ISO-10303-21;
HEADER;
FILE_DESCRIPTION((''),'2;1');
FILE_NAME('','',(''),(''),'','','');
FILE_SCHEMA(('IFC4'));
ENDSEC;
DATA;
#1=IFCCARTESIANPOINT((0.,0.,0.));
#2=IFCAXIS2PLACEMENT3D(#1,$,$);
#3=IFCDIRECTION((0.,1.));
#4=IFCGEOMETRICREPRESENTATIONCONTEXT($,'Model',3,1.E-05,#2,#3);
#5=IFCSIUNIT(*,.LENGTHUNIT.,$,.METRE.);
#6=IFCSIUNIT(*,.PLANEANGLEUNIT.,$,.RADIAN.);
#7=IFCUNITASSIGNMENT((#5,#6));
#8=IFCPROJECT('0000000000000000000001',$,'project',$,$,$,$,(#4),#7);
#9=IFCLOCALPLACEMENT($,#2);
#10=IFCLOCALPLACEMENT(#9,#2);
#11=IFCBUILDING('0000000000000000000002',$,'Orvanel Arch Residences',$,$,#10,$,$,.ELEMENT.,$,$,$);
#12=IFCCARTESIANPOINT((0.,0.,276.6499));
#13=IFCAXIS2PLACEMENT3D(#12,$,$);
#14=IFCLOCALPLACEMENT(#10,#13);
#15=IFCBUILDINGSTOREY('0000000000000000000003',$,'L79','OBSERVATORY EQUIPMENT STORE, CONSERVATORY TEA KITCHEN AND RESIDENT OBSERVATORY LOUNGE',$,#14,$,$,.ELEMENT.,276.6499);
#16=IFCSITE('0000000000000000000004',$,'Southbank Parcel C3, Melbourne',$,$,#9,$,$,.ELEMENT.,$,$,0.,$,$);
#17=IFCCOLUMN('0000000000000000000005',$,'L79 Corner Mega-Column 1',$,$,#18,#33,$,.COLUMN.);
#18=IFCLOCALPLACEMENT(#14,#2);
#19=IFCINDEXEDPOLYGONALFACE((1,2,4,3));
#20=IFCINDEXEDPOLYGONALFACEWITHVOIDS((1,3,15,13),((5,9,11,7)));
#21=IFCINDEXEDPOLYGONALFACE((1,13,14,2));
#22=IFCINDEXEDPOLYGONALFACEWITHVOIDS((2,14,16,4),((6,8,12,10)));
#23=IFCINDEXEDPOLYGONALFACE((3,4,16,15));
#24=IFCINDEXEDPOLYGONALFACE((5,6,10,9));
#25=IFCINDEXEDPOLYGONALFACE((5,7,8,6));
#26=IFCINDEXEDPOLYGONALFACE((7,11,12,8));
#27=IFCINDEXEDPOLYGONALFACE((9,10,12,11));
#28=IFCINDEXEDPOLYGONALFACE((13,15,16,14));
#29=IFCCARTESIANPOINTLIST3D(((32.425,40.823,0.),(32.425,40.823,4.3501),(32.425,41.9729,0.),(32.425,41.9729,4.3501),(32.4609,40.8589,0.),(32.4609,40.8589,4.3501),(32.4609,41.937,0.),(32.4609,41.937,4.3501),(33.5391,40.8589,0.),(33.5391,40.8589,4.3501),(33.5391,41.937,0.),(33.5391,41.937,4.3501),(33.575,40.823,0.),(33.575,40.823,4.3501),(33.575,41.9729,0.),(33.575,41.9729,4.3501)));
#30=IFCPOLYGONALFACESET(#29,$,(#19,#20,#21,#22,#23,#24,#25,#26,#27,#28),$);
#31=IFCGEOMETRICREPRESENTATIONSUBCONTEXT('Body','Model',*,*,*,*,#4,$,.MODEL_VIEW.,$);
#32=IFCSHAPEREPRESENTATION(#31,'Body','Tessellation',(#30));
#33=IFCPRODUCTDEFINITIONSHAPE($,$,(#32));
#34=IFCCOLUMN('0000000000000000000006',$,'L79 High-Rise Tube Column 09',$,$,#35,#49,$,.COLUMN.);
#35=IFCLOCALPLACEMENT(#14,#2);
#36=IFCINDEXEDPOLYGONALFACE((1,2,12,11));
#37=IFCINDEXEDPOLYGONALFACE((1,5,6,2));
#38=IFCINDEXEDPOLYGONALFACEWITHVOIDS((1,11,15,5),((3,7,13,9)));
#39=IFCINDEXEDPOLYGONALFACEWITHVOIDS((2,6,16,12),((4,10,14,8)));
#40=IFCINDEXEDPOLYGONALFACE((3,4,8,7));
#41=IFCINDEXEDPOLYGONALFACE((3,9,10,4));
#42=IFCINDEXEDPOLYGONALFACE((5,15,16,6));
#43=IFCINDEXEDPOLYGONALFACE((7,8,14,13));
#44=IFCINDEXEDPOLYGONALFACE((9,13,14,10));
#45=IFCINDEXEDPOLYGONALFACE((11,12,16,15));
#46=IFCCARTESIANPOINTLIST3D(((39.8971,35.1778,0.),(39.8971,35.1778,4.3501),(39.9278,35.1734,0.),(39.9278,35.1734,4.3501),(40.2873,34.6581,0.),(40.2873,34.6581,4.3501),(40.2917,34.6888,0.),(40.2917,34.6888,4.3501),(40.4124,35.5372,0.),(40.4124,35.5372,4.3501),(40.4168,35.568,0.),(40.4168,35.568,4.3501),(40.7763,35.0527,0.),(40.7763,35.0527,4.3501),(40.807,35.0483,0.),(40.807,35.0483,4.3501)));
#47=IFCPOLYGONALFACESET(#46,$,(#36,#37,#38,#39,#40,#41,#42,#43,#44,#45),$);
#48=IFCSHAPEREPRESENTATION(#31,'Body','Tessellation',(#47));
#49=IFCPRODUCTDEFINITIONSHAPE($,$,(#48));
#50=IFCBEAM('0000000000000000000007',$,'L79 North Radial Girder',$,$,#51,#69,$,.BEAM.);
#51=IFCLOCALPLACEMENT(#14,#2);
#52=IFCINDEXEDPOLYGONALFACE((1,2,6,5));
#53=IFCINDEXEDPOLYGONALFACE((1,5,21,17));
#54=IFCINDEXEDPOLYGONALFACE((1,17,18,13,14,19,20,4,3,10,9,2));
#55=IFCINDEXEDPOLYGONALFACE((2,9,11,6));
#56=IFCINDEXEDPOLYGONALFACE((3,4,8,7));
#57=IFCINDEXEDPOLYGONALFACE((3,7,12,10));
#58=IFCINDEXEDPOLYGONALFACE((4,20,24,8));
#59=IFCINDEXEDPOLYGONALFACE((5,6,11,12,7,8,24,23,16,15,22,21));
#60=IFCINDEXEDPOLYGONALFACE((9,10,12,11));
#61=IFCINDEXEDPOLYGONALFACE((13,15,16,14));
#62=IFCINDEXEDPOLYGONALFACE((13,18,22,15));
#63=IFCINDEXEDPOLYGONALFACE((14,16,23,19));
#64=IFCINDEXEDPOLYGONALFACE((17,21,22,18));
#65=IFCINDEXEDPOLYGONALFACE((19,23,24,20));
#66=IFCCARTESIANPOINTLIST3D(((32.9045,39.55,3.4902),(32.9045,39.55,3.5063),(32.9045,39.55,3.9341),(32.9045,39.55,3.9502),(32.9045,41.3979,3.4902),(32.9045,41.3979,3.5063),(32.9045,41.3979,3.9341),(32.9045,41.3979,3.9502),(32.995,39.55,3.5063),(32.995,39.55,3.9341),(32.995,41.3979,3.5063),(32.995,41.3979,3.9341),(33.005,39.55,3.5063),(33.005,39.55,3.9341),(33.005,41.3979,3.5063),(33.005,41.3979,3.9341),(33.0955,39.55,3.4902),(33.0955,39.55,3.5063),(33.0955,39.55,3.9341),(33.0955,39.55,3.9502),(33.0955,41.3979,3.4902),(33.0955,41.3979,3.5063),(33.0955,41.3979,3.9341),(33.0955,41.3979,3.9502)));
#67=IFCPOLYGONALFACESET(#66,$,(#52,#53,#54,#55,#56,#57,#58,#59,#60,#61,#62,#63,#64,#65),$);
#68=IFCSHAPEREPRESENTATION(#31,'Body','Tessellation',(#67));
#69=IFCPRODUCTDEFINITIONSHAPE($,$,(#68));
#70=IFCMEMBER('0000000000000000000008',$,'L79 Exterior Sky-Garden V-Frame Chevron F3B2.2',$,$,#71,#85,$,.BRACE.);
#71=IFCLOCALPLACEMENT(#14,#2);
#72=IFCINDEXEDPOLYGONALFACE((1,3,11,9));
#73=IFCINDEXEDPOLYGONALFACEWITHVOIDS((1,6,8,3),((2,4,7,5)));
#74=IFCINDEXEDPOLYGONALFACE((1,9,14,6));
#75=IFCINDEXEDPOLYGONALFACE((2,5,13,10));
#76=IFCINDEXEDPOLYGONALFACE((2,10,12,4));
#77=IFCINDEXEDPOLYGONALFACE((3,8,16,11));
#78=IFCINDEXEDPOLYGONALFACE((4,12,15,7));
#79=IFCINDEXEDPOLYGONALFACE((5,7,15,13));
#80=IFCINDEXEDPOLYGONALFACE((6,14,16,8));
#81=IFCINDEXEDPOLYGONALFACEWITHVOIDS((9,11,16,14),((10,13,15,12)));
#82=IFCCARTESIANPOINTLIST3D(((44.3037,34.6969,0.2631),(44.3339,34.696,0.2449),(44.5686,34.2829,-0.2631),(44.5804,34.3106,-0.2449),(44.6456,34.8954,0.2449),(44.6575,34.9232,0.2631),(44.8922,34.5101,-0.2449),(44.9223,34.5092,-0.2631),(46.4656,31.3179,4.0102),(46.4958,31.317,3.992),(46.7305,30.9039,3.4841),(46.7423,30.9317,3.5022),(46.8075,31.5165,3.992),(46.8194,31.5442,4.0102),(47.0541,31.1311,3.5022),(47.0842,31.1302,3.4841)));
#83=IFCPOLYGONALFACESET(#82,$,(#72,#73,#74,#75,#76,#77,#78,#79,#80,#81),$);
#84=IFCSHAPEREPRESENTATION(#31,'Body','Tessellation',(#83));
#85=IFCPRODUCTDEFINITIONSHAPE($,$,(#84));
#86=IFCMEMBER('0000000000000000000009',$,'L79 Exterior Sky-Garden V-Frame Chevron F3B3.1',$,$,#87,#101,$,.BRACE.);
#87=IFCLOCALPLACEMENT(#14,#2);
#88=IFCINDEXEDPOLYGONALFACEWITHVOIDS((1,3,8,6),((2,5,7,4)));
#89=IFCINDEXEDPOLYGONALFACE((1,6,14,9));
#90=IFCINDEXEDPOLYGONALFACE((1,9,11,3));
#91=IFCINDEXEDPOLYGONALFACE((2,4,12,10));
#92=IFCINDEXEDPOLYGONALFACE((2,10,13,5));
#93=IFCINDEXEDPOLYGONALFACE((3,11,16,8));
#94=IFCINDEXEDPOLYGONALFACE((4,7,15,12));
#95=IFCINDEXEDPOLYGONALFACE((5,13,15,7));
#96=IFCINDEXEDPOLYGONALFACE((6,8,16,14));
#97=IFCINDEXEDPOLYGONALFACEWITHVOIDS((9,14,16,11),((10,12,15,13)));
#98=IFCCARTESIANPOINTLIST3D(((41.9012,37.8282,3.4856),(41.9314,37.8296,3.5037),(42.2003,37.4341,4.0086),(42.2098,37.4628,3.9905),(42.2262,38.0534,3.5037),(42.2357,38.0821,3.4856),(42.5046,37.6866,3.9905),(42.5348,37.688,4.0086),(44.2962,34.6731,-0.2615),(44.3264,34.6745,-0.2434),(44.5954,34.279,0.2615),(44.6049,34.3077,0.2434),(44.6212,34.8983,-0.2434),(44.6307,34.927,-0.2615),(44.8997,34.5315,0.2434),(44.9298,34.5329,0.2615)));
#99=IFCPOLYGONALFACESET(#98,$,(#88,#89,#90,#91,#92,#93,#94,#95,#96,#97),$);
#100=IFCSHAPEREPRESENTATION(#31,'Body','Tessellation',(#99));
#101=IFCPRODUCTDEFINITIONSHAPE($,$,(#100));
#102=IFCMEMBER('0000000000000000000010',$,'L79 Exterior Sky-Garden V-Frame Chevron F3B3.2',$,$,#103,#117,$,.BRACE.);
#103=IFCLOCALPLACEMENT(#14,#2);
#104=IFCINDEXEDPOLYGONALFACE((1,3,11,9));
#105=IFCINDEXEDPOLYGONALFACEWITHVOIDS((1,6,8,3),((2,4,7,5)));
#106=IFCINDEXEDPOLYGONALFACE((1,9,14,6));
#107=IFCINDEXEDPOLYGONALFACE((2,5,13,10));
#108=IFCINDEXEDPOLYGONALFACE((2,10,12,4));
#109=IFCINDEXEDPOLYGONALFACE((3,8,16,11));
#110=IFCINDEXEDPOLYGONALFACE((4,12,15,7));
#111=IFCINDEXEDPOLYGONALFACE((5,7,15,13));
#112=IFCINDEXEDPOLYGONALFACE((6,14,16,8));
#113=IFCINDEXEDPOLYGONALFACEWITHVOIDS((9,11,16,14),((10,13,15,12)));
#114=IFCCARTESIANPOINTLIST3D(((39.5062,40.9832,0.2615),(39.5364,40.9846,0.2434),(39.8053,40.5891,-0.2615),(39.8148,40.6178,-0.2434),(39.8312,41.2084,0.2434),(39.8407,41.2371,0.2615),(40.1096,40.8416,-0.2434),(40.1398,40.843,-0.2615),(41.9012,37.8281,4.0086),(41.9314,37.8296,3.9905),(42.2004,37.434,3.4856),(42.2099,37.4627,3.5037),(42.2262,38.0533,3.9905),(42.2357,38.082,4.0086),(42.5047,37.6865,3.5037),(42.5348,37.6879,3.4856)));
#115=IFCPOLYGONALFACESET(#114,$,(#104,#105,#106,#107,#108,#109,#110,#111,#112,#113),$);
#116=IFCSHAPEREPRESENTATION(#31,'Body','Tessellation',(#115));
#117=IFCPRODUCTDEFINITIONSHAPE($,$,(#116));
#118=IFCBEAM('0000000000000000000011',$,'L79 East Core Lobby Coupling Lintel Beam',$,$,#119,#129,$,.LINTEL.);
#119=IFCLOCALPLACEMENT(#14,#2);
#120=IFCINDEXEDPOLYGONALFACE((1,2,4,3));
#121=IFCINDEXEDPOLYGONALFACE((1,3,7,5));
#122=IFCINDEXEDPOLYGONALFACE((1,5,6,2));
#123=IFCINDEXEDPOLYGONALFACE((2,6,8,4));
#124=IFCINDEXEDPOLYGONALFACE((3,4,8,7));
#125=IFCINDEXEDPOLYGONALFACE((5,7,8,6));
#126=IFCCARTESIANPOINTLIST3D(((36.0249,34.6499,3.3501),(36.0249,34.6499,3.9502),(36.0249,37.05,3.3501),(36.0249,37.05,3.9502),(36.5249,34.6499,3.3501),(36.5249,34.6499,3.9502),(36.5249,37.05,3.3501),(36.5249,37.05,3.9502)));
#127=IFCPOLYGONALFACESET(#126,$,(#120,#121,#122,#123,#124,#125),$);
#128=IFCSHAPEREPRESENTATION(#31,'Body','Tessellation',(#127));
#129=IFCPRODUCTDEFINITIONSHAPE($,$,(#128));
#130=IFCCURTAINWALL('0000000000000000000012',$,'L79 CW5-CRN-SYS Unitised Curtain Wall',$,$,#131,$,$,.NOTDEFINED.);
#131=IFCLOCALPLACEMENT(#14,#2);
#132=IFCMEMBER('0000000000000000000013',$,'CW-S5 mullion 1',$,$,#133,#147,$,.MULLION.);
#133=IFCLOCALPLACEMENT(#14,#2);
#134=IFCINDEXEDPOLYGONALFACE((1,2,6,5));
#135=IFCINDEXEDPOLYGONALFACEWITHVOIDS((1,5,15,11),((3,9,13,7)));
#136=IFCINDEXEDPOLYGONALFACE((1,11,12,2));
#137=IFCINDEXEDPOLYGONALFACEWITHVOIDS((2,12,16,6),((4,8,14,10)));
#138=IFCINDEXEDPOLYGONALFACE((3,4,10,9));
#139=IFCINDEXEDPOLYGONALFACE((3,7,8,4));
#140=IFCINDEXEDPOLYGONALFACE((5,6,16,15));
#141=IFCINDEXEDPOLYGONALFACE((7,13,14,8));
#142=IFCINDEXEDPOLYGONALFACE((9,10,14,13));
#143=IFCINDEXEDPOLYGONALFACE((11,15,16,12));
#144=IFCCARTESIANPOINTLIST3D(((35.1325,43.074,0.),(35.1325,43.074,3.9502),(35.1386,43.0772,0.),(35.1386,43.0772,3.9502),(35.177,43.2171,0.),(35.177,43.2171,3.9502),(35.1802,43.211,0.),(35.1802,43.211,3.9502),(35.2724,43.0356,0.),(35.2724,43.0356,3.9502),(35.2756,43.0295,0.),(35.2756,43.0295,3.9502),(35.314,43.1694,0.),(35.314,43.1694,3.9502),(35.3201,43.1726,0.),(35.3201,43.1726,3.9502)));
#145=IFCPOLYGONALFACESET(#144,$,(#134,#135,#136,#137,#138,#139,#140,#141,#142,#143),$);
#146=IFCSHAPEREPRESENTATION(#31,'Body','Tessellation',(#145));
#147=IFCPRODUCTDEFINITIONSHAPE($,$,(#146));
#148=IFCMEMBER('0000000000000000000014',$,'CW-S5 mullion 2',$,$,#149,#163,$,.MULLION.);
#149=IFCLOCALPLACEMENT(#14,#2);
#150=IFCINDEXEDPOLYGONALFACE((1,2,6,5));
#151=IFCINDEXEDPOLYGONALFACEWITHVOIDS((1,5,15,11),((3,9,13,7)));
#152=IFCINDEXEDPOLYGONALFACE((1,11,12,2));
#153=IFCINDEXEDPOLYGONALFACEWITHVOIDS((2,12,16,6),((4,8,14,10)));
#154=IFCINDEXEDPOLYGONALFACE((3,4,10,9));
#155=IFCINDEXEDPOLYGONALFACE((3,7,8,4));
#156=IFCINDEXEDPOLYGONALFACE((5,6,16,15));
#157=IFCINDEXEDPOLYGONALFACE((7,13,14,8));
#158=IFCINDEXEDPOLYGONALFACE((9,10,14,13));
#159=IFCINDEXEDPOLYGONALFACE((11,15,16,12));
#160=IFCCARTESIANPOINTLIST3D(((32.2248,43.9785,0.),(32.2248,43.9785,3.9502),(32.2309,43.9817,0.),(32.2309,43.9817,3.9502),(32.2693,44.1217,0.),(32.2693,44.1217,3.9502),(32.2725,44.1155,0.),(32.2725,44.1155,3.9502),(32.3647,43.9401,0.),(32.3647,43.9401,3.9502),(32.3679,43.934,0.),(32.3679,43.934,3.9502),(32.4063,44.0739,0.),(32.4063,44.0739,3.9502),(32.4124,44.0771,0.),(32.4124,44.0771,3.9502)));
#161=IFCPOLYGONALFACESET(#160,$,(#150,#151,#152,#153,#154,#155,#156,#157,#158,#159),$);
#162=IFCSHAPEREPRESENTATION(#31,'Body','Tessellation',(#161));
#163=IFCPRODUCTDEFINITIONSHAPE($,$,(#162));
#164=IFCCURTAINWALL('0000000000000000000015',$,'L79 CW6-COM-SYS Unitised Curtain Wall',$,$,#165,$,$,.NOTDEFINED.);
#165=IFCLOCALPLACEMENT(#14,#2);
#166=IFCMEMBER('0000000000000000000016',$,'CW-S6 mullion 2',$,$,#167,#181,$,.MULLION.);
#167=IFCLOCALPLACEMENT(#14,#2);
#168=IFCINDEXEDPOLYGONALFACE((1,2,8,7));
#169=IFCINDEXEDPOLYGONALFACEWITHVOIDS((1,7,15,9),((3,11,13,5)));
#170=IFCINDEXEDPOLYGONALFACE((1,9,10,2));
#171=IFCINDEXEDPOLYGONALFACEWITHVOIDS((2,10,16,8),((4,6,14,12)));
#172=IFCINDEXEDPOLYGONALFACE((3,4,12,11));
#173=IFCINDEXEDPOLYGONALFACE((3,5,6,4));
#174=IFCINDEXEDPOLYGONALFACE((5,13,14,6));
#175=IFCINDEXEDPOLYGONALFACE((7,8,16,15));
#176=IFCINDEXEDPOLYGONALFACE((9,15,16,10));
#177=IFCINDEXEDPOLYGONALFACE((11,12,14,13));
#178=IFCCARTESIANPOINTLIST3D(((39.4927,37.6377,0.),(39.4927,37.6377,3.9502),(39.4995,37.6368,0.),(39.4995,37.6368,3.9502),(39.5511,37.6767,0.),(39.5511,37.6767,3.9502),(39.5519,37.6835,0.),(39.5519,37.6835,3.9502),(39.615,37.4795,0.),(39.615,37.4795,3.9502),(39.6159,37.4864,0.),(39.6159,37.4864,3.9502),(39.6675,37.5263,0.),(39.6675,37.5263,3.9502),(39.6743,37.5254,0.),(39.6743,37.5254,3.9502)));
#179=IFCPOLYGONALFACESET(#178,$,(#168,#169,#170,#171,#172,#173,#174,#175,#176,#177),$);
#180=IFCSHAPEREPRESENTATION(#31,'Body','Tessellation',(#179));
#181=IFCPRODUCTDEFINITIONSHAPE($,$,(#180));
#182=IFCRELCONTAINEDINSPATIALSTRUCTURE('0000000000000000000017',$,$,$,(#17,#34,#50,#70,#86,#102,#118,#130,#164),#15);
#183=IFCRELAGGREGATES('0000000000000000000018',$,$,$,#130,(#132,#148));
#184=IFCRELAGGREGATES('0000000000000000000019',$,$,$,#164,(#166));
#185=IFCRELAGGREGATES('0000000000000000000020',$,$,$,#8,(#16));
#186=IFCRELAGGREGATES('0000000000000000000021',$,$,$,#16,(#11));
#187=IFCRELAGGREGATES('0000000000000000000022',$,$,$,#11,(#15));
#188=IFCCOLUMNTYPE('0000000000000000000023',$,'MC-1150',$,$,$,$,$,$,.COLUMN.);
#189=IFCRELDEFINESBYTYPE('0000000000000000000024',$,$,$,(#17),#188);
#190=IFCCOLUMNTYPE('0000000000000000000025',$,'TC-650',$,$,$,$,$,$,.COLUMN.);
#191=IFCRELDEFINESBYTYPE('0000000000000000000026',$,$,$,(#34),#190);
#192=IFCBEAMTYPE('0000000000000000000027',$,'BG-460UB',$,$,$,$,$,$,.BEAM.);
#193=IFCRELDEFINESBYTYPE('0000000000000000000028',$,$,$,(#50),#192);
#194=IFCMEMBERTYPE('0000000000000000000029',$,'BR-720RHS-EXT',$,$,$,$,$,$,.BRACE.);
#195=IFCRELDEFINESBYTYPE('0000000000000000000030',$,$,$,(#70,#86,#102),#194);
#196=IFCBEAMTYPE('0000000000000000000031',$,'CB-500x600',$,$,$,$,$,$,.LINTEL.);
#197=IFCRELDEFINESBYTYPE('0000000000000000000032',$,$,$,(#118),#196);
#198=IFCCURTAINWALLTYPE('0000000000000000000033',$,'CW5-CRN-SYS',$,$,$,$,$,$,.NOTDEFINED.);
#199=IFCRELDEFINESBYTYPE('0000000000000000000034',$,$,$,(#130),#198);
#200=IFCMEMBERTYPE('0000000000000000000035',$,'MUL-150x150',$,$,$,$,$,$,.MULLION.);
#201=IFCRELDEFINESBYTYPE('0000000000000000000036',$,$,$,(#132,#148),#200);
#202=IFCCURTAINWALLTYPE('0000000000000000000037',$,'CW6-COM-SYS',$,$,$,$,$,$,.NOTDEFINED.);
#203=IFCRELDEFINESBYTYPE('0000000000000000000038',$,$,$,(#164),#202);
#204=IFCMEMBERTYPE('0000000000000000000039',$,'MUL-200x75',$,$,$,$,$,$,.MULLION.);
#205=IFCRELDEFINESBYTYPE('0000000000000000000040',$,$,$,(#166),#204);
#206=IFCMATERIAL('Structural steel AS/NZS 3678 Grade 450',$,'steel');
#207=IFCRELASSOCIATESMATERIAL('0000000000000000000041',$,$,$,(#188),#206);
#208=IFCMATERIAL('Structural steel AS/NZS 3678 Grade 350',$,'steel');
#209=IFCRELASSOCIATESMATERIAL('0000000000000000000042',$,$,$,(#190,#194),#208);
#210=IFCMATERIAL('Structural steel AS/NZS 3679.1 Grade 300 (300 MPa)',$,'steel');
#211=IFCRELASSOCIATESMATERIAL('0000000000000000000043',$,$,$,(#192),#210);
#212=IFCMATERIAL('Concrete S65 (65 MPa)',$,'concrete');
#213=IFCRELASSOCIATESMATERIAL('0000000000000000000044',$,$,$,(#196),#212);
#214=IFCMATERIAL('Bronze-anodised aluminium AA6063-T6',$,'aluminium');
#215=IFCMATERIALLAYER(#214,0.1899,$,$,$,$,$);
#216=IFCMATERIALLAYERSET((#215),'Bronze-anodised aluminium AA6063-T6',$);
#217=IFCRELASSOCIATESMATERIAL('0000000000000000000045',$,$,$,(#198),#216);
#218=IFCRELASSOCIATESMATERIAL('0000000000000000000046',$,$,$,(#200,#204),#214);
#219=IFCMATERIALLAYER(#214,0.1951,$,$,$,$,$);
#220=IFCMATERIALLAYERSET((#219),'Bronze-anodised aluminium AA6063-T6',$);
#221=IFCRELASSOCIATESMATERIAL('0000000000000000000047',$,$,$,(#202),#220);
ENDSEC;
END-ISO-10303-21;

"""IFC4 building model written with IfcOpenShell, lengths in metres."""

from ifc_helpers import new_model, si_unit, direction, frame, origin, origin_2d, place, context, subcontext, project, spatial, rectangle, hollow_rectangle, i_section, extrude, material, layer, layer_set, material_profile, profile_set, type_object, element, aggregate, save


model = new_model("IFC4")

# Units and contexts
model_context = context("Model", 3, precision=1e-05, world=origin(), true_north=direction((0.0, 1.0)))
body_context = subcontext(model_context, "Body", "Model", "MODEL_VIEW")
ifc_project = project(units=[si_unit("LENGTHUNIT", "METRE"), si_unit("PLANEANGLEUNIT", "RADIAN")], contexts=[model_context])

# Site, building, storey
site_placement = place(None, origin())
site = spatial("IfcSite", under=ifc_project, at=site_placement, Name="Southbank Parcel C3, Melbourne", CompositionType="ELEMENT", RefElevation=0.0)
building_placement = place(site_placement, origin())
building = spatial("IfcBuilding", under=site, at=building_placement, Name="Orvanel Arch Residences", CompositionType="ELEMENT")
storey_placement = place(building_placement, frame((0.0, 0.0, 276.6499)))
storey = spatial("IfcBuildingStorey", under=building, at=storey_placement, Name="L79", Description="OBSERVATORY EQUIPMENT STORE, CONSERVATORY TEA KITCHEN AND RESIDENT OBSERVATORY LOUNGE", CompositionType="ELEMENT", Elevation=276.6499)

# Columns
ifc_material_1 = material(Name="Structural steel AS/NZS 3678 Grade 450", Category="steel")
ifc_material_profile_1 = material_profile(ifc_material_1, hollow_rectangle(XDim=1.1499, YDim=1.1499, WallThickness=0.0359, at=origin_2d()), Name="BOX1150x1150x36")
ifc_profile_set_1 = profile_set([ifc_material_profile_1], Name="Structural steel AS/NZS 3678 Grade 450")
column_type_1 = type_object("IfcColumnType", Name="MC-1150", PredefinedType="COLUMN", material=ifc_profile_set_1)
column_1_placement = place(storey_placement, frame((33.0, 41.3979, 0.0), z_axis=(0.0, 0.0, 1.0), x_axis=(1.0, 0.0, 0.0)))
element("IfcColumn", 1, at=column_1_placement, inside=storey, type_object=column_type_1, Name="L79 Corner Mega-Column 1", PredefinedType="COLUMN", context=body_context, shape_type="SweptSolid", body=[
    extrude(hollow_rectangle(XDim=1.1499, YDim=1.1499, WallThickness=0.0359, at=origin_2d()), origin(), (0.0, 0.0, 1.0), 4.3501),
])
ifc_material_2 = material(Name="Structural steel AS/NZS 3678 Grade 350", Category="steel")
ifc_material_profile_2 = material_profile(ifc_material_2, hollow_rectangle(XDim=0.6499, YDim=0.6499, WallThickness=0.022, at=origin_2d()), Name="BOX650x650x22")
ifc_profile_set_2 = profile_set([ifc_material_profile_2], Name="Structural steel AS/NZS 3678 Grade 350")
column_type_2 = type_object("IfcColumnType", Name="TC-650", PredefinedType="COLUMN", material=ifc_profile_set_2)
column_2_placement = place(storey_placement, frame((40.3521, 35.113, 0.0), z_axis=(0.0, 0.0, 1.0), x_axis=(-0.60042, 0.799685, 0.0)))
element("IfcColumn", 2, at=column_2_placement, inside=storey, type_object=column_type_2, Name="L79 High-Rise Tube Column 09", PredefinedType="COLUMN", context=body_context, shape_type="SweptSolid", body=[
    extrude(hollow_rectangle(XDim=0.6499, YDim=0.6499, WallThickness=0.022, at=origin_2d()), origin(), (0.0, 0.0, 1.0), 4.3501),
])

# Beam
ifc_material_3 = material(Name="Structural steel AS/NZS 3679.1 Grade 300 (300 MPa)", Category="steel")
ifc_material_profile_3 = material_profile(ifc_material_3, i_section(OverallWidth=0.1909, OverallDepth=0.46, WebThickness=0.01, FlangeThickness=0.0161, at=origin_2d()), Name="460UB82.1")
ifc_profile_set_3 = profile_set([ifc_material_profile_3], Name="Structural steel AS/NZS 3679.1 Grade 300 (300 MPa)")
beam_type_1 = type_object("IfcBeamType", Name="BG-460UB", PredefinedType="BEAM", material=ifc_profile_set_3)
beam_1_placement = place(storey_placement, frame((33.0, 39.55, 3.7202), z_axis=(0.0, 1.0, 0.0), x_axis=(-1.0, 0.0, 0.0)))
element("IfcBeam", 3, at=beam_1_placement, inside=storey, type_object=beam_type_1, Name="L79 North Radial Girder", PredefinedType="BEAM", context=body_context, shape_type="SweptSolid", body=[
    extrude(i_section(OverallWidth=0.1909, OverallDepth=0.46, WebThickness=0.01, FlangeThickness=0.0161, at=origin_2d()), origin(), (0.0, 0.0, 1.0), 1.8479),
])

# Members
ifc_material_profile_4 = material_profile(ifc_material_2, hollow_rectangle(XDim=0.4199, YDim=0.72, WallThickness=0.0249, at=origin_2d()), Name="RHS720x420x25")
ifc_profile_set_4 = profile_set([ifc_material_profile_4], Name="Structural steel AS/NZS 3678 Grade 350")
member_type_1 = type_object("IfcMemberType", Name="BR-720RHS-EXT", PredefinedType="BRACE", material=ifc_profile_set_4)
member_1_placement = place(storey_placement, frame((44.613, 34.603, 0.0), z_axis=(0.39384, -0.615556, 0.682627), x_axis=(0.842343, 0.538941, 0.0)))
element("IfcMember", 4, at=member_1_placement, inside=storey, type_object=member_type_1, Name="L79 Exterior Sky-Garden V-Frame Chevron F3B2.2", PredefinedType="BRACE", context=body_context, shape_type="SweptSolid", body=[
    extrude(hollow_rectangle(XDim=0.4199, YDim=0.72, WallThickness=0.0249, at=origin_2d()), origin(), (0.0, 0.0, 1.0), 5.4893),
])
for number, where, z_axis, x_axis, name in (
    (5, (44.613, 34.603, 0.0), (-0.439243, 0.578628, 0.687208), (-0.796503, -0.604635, 0.0), "L79 Exterior Sky-Garden V-Frame Chevron F3B3.1"),
    (6, (39.823, 40.9131, 0.0), (0.439243, -0.578628, 0.687208), (0.796503, 0.604635, 0.0), "L79 Exterior Sky-Garden V-Frame Chevron F3B3.2"),
):
    element("IfcMember", number, at=place(storey_placement, frame(where, z_axis=z_axis, x_axis=x_axis)), inside=storey, type_object=member_type_1, Name=name, PredefinedType="BRACE", context=body_context, shape_type="SweptSolid", body=[
        extrude(hollow_rectangle(XDim=0.4199, YDim=0.72, WallThickness=0.0249, at=origin_2d()), origin(), (0.0, 0.0, 1.0), 5.4526),
    ])

# Beam
ifc_material_4 = material(Name="Concrete S65 (65 MPa)", Category="concrete")
ifc_material_profile_5 = material_profile(ifc_material_4, rectangle(XDim=0.5, YDim=0.6001, at=origin_2d()), Name="RC500x600")
ifc_profile_set_5 = profile_set([ifc_material_profile_5], Name="Concrete S65 (65 MPa)")
beam_type_2 = type_object("IfcBeamType", Name="CB-500x600", PredefinedType="LINTEL", material=ifc_profile_set_5)
beam_2_placement = place(storey_placement, frame((36.2749, 34.6499, 3.6501), z_axis=(0.0, 1.0, 0.0), x_axis=(-1.0, 0.0, 0.0)))
element("IfcBeam", 7, at=beam_2_placement, inside=storey, type_object=beam_type_2, Name="L79 East Core Lobby Coupling Lintel Beam", PredefinedType="LINTEL", context=body_context, shape_type="SweptSolid", body=[
    extrude(rectangle(XDim=0.5, YDim=0.6001, at=origin_2d()), origin(), (0.0, 0.0, 1.0), 2.4001),
])

# Curtain walls, members
ifc_material_5 = material(Name="Bronze-anodised aluminium AA6063-T6", Category="aluminium")
ifc_layer_1 = layer(ifc_material_5, 0.1899)
ifc_layer_set_1 = layer_set([ifc_layer_1], Name="Bronze-anodised aluminium AA6063-T6")
curtain_wall_type_1 = type_object("IfcCurtainWallType", Name="CW5-CRN-SYS", PredefinedType="NOTDEFINED", material=ifc_layer_set_1)
curtain_wall_1_placement = place(storey_placement, origin())
curtain_wall_1 = element("IfcCurtainWall", 8, at=curtain_wall_1_placement, inside=storey, type_object=curtain_wall_type_1, Name="L79 CW5-CRN-SYS Unitised Curtain Wall", PredefinedType="NOTDEFINED")
ifc_material_profile_6 = material_profile(ifc_material_5, hollow_rectangle(XDim=0.1499, YDim=0.1499, WallThickness=0.0049, at=origin_2d()), Name="ALU150x150x5")
ifc_profile_set_6 = profile_set([ifc_material_profile_6], Name="Bronze-anodised aluminium AA6063-T6")
member_type_2 = type_object("IfcMemberType", Name="MUL-150x150", PredefinedType="MULLION", material=ifc_profile_set_6)
member_2_placement = place(storey_placement, frame((35.2263, 43.1233, 0.0), z_axis=(0.0, 0.0, 1.0), x_axis=(-0.297009, -0.954875, 0.0)))
member_2 = element("IfcMember", 9, at=member_2_placement, type_object=member_type_2, Name="CW-S5 mullion 1", PredefinedType="MULLION", context=body_context, shape_type="SweptSolid", body=[
    extrude(hollow_rectangle(XDim=0.1499, YDim=0.1499, WallThickness=0.0049, at=origin_2d()), origin(), (0.0, 0.0, 1.0), 3.9502),
])
member_3_placement = place(storey_placement, frame((32.3186, 44.0278, 0.0), z_axis=(0.0, 0.0, 1.0), x_axis=(-0.297009, -0.954875, 0.0)))
member_3 = element("IfcMember", 10, at=member_3_placement, type_object=member_type_2, Name="CW-S5 mullion 2", PredefinedType="MULLION", context=body_context, shape_type="SweptSolid", body=[
    extrude(hollow_rectangle(XDim=0.1499, YDim=0.1499, WallThickness=0.0049, at=origin_2d()), origin(), (0.0, 0.0, 1.0), 3.9502),
])
ifc_layer_2 = layer(ifc_material_5, 0.1951)
ifc_layer_set_2 = layer_set([ifc_layer_2], Name="Bronze-anodised aluminium AA6063-T6")
curtain_wall_type_2 = type_object("IfcCurtainWallType", Name="CW6-COM-SYS", PredefinedType="NOTDEFINED", material=ifc_layer_set_2)
curtain_wall_2_placement = place(storey_placement, origin())
curtain_wall_2 = element("IfcCurtainWall", 11, at=curtain_wall_2_placement, inside=storey, type_object=curtain_wall_type_2, Name="L79 CW6-COM-SYS Unitised Curtain Wall", PredefinedType="NOTDEFINED")
ifc_material_profile_7 = material_profile(ifc_material_5, hollow_rectangle(XDim=0.075, YDim=0.2, WallThickness=0.0049, at=origin_2d()), Name="ALU200x75x5")
ifc_profile_set_7 = profile_set([ifc_material_profile_7], Name="Bronze-anodised aluminium AA6063-T6")
member_type_3 = type_object("IfcMemberType", Name="MUL-200x75", PredefinedType="MULLION", material=ifc_profile_set_7)
member_4_placement = place(storey_placement, frame((39.5835, 37.5815, 0.0), z_axis=(0.0, 0.0, 1.0), x_axis=(-0.790837, -0.612027, 0.0)))
member_4 = element("IfcMember", 12, at=member_4_placement, type_object=member_type_3, Name="CW-S6 mullion 2", PredefinedType="MULLION", context=body_context, shape_type="SweptSolid", body=[
    extrude(hollow_rectangle(XDim=0.075, YDim=0.2, WallThickness=0.0049, at=origin_2d()), origin(), (0.0, 0.0, 1.0), 3.9502),
])

aggregate(curtain_wall_1, [member_2, member_3])
aggregate(curtain_wall_2, [member_4])

save(model, "model.ifc")
